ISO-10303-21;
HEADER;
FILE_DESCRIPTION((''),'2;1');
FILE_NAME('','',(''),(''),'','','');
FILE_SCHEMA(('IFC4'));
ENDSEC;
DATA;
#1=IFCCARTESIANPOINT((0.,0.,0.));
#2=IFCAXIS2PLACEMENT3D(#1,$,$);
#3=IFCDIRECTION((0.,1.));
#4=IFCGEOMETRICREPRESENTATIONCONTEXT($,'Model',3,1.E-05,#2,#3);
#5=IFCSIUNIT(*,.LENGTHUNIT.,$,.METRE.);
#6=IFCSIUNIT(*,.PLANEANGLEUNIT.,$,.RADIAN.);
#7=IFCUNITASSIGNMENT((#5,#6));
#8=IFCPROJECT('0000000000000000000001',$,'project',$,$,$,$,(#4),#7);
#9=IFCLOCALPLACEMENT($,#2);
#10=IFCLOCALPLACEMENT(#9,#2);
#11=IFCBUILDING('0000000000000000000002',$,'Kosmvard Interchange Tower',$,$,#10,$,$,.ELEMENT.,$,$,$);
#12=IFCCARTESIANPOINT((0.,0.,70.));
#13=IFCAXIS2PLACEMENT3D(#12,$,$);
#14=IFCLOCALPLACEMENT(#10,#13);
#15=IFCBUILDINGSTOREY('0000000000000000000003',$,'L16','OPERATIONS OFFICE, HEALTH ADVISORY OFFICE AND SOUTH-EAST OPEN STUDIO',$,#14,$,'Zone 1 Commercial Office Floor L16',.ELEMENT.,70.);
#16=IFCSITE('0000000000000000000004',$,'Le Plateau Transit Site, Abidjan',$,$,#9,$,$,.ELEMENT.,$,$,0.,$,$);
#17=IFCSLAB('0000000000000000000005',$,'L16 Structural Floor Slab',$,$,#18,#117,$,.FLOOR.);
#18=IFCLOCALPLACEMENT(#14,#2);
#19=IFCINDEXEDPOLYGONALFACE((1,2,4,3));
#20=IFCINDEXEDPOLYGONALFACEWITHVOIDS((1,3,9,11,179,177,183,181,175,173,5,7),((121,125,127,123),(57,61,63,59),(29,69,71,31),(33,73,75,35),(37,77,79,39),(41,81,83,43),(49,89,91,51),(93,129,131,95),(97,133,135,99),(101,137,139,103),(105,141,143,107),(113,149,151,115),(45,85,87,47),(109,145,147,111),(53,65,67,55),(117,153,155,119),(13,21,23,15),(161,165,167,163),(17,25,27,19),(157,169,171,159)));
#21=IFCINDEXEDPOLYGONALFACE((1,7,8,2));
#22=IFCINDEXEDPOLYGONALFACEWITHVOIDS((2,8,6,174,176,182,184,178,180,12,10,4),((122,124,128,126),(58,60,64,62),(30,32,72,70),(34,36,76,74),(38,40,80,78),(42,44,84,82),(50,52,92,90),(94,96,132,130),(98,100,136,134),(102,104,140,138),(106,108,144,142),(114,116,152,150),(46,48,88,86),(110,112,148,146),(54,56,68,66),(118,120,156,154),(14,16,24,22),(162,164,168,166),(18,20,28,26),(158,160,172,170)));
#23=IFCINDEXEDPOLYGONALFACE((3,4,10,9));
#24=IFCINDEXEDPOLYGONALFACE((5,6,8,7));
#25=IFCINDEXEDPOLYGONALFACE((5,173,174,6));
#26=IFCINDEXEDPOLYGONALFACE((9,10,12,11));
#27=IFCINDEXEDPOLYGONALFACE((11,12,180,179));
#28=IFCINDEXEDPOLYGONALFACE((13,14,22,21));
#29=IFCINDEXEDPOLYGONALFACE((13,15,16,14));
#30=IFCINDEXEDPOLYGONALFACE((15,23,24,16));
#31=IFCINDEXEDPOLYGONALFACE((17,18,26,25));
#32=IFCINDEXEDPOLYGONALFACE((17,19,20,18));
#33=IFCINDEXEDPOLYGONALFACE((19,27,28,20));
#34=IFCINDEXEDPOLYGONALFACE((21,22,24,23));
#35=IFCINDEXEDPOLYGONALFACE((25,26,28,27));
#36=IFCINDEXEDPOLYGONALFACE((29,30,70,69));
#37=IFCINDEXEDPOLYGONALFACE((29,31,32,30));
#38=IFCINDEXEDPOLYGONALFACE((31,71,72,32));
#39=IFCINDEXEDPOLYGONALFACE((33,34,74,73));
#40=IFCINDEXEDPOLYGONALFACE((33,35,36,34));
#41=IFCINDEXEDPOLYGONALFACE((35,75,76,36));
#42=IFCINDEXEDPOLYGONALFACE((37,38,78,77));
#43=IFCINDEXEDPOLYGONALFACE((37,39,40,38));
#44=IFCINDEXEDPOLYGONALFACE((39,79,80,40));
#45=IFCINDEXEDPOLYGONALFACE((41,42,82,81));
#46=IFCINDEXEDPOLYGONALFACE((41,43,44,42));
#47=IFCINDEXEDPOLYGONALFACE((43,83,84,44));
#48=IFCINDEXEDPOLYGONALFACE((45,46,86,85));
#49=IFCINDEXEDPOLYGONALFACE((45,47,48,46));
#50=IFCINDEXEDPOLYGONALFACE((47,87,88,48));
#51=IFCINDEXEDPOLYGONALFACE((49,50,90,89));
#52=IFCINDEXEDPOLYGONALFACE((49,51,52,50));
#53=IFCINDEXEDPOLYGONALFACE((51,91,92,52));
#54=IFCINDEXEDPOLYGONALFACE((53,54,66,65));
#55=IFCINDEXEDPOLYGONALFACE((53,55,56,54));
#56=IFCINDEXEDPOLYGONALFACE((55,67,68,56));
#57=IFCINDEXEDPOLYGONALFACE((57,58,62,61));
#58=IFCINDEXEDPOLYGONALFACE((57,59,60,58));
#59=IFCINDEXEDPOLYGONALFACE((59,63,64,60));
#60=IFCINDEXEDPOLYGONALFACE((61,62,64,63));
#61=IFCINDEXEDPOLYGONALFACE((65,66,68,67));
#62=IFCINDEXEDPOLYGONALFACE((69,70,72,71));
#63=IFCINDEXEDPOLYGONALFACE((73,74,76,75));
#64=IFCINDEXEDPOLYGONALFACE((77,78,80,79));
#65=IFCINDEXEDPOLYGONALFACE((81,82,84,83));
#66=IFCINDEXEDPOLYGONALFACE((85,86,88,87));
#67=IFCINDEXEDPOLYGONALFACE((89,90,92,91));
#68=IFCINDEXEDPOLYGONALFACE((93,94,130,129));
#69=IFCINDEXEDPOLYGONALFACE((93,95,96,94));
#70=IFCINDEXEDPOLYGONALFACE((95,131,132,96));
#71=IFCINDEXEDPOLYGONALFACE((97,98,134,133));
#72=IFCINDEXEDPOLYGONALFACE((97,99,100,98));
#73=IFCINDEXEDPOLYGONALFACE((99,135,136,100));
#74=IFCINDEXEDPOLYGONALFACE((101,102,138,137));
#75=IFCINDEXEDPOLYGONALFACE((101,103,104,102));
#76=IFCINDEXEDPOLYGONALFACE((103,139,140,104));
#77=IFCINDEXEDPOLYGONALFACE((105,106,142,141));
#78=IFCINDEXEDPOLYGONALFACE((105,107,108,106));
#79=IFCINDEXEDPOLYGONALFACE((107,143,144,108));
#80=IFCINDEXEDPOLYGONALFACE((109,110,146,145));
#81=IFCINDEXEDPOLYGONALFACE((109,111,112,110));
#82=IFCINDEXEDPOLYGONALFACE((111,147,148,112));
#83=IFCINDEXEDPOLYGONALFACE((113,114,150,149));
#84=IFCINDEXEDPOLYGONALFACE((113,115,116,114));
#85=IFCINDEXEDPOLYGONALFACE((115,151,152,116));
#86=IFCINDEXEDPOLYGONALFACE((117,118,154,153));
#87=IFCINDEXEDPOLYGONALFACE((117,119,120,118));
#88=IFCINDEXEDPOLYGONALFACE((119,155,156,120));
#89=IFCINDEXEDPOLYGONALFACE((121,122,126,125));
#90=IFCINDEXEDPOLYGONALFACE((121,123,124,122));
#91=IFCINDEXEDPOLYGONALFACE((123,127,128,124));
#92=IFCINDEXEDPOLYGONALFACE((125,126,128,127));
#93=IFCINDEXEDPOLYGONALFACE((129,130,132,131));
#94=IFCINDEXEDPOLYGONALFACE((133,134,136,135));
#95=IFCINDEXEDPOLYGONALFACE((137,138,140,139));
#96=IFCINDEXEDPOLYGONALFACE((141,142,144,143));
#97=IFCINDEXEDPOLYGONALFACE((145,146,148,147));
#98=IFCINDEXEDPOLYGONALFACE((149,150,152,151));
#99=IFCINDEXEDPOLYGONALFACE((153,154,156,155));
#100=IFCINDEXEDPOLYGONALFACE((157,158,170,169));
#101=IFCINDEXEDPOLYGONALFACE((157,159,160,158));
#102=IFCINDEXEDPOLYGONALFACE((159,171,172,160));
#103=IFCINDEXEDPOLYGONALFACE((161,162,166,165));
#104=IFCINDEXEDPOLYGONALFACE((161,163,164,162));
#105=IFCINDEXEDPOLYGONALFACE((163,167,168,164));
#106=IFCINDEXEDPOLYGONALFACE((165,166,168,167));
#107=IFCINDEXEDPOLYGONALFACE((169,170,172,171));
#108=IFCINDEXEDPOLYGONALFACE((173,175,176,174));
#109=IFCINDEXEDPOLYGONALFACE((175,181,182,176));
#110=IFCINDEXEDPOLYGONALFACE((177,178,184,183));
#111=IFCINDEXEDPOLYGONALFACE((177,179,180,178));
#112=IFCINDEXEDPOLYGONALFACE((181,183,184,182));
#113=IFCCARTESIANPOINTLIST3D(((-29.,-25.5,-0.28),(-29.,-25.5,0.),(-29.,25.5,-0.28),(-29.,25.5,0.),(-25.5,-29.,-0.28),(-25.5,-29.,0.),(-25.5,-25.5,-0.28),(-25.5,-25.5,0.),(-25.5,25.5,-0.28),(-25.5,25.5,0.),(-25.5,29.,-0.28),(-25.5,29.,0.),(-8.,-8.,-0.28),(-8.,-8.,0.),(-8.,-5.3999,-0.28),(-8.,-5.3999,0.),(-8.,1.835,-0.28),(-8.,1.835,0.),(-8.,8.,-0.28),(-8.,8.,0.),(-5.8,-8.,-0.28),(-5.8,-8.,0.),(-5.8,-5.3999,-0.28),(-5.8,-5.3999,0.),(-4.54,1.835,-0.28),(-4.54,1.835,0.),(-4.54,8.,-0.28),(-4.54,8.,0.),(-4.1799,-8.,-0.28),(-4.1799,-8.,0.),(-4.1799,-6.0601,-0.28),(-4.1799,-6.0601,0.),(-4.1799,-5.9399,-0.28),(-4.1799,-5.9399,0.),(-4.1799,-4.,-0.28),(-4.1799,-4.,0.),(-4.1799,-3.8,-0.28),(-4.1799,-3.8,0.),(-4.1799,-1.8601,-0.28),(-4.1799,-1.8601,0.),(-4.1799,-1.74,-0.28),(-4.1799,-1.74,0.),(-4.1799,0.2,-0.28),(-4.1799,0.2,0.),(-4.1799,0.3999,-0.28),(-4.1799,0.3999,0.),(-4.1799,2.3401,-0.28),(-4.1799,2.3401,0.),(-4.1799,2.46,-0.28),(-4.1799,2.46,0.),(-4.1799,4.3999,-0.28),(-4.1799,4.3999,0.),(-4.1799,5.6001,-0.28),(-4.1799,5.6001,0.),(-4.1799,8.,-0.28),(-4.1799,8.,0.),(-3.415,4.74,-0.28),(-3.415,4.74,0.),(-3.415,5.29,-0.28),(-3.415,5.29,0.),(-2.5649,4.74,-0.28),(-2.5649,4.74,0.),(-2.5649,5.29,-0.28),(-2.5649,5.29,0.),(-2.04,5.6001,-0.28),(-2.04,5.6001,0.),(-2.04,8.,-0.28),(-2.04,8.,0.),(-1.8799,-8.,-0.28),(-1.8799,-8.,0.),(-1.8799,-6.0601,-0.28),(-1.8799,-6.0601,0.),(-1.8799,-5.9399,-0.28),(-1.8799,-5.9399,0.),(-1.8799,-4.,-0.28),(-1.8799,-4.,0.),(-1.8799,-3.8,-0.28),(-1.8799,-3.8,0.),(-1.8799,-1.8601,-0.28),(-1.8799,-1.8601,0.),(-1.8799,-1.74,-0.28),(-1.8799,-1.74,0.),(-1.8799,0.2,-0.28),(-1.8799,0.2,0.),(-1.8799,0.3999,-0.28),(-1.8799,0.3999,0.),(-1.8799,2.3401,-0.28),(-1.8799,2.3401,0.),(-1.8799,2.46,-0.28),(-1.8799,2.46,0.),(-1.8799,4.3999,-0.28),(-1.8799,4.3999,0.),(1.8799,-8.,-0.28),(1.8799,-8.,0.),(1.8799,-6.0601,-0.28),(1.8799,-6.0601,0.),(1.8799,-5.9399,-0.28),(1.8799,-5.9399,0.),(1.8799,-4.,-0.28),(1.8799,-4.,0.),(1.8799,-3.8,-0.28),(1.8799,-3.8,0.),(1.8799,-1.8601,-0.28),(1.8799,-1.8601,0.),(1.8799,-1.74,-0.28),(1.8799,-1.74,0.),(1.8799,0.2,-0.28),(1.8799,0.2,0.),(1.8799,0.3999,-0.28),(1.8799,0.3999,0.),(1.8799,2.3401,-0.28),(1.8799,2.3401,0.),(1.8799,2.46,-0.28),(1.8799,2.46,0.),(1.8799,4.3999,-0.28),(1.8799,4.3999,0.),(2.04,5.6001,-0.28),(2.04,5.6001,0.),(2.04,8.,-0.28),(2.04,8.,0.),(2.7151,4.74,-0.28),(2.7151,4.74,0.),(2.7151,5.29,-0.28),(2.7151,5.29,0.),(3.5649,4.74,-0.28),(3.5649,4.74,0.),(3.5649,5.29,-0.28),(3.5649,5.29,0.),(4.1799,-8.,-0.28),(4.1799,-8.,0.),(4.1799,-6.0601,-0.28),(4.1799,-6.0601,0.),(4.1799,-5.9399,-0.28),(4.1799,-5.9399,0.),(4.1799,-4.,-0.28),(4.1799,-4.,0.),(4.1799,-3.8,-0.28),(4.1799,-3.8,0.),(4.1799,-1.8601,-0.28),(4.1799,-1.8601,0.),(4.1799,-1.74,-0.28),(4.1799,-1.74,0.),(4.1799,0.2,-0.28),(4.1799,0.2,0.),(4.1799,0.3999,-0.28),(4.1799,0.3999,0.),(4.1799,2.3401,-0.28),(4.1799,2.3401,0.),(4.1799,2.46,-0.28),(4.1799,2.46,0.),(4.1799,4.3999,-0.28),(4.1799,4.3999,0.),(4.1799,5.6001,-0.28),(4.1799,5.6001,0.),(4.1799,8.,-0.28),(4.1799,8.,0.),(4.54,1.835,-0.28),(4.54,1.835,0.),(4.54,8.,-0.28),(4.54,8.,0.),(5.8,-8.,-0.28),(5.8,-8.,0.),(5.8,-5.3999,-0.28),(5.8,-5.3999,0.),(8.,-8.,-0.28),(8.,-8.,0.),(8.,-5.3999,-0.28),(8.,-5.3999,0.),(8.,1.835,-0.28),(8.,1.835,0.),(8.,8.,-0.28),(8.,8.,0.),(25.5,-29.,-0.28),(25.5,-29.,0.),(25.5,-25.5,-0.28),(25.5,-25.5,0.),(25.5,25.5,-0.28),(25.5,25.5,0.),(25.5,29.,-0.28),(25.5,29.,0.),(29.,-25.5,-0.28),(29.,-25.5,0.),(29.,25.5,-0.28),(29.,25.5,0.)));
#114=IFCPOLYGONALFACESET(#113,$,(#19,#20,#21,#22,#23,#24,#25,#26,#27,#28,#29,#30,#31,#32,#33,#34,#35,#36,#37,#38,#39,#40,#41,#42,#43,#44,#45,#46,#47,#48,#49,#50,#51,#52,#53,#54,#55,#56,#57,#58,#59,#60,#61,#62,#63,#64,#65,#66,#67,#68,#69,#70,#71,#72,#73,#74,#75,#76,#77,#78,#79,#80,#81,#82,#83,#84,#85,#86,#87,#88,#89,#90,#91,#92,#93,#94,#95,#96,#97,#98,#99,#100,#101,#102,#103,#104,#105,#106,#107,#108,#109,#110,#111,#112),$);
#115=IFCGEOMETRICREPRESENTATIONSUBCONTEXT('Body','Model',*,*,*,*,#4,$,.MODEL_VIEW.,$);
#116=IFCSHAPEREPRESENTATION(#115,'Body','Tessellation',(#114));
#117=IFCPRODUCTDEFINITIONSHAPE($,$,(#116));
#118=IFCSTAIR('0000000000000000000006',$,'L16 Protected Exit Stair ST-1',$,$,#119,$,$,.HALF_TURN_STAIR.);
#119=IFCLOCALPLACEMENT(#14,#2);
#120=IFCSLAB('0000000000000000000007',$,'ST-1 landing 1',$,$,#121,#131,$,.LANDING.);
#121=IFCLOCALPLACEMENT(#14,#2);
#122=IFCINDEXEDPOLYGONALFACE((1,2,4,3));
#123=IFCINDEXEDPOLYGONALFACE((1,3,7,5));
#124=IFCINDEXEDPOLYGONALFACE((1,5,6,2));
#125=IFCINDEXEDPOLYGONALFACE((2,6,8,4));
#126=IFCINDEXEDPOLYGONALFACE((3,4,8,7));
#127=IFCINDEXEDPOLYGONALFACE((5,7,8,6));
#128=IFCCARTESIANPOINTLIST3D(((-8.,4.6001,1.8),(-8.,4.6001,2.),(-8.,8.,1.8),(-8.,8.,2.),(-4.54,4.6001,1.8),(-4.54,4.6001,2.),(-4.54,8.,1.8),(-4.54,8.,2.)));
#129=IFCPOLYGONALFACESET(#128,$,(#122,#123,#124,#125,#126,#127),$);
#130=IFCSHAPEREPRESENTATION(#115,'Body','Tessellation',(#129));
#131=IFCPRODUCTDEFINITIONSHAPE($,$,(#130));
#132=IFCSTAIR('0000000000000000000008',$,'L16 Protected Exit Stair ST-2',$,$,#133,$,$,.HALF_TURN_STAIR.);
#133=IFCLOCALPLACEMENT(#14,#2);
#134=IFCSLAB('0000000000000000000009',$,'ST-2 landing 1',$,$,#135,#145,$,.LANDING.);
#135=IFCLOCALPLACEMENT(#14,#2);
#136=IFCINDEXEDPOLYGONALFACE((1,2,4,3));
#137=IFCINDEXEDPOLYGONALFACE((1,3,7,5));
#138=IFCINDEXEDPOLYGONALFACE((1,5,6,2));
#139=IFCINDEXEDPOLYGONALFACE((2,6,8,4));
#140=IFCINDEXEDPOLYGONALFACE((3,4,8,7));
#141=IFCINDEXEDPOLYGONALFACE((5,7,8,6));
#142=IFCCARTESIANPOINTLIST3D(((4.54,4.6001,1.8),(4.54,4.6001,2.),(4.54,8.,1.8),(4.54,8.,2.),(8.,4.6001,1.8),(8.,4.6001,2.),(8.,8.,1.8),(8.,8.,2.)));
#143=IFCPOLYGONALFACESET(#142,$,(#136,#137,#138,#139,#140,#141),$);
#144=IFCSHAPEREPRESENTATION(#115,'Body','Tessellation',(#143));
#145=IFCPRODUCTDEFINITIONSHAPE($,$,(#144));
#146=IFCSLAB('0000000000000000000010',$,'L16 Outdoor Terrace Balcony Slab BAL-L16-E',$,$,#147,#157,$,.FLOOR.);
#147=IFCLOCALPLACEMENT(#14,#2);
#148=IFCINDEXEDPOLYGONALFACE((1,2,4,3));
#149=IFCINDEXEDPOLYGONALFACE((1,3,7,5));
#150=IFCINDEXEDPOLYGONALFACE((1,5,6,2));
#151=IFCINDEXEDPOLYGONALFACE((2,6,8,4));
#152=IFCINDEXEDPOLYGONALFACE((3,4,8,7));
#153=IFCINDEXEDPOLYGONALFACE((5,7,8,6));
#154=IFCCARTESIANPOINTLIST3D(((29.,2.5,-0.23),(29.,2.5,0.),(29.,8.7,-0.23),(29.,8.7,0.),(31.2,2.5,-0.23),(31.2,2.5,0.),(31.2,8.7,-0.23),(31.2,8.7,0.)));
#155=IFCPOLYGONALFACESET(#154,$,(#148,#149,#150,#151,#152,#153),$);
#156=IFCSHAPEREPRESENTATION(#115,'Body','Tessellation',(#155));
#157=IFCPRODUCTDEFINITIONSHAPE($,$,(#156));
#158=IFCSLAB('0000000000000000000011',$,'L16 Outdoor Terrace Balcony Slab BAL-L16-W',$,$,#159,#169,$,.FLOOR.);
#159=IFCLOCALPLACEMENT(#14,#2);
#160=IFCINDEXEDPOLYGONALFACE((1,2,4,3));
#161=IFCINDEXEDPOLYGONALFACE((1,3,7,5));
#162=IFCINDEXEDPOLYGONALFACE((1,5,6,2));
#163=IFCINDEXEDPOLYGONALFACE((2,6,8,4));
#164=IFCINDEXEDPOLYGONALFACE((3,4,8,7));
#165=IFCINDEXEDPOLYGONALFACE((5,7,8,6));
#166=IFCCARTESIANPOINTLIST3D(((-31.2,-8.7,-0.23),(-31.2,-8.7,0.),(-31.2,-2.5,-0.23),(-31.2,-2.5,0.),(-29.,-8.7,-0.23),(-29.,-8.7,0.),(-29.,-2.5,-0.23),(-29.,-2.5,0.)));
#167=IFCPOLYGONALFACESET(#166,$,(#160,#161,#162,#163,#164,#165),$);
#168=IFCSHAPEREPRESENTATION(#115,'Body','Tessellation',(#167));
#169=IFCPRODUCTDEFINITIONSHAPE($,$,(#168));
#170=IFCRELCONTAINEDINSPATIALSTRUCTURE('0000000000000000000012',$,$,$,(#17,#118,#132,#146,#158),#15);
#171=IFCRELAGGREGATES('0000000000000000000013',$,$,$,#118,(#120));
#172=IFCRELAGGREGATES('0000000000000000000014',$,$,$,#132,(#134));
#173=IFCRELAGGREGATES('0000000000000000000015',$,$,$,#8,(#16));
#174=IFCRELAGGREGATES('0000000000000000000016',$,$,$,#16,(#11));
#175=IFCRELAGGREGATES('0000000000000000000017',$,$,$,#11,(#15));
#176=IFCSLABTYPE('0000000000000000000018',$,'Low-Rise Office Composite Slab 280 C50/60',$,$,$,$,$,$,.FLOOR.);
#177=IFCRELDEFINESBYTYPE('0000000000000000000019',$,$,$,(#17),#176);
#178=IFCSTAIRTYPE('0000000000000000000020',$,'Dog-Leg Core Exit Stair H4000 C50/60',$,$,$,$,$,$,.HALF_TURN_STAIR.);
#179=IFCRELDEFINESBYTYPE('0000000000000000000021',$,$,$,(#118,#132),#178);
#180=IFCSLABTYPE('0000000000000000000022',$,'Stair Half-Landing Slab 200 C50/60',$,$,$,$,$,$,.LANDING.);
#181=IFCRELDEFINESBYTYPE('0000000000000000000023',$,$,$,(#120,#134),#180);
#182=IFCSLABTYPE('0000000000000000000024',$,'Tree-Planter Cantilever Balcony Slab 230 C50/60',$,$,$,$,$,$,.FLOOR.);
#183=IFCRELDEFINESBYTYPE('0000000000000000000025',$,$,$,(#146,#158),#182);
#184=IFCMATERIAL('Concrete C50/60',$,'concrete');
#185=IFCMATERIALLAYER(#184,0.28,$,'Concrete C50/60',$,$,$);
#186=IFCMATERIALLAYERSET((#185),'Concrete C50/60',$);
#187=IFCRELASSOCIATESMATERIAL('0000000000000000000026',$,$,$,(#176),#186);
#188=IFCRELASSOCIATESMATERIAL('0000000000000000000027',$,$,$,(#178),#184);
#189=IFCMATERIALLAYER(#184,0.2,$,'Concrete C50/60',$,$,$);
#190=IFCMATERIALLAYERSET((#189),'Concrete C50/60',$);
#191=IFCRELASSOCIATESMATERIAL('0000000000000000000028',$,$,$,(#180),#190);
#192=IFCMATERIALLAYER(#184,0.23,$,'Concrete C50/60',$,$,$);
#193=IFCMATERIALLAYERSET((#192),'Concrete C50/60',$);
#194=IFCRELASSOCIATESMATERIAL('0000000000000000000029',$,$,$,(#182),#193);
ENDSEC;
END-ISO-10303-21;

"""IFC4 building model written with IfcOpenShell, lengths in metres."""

from ifc_helpers import new_model, si_unit, direction, frame, origin, place, context, subcontext, project, spatial, polyline, outline, extrude, material, layer, layer_set, type_object, element, aggregate, save


model = new_model("IFC4")

# Units and contexts
model_context = context("Model", 3, precision=1e-05, world=origin(), true_north=direction((0.0, 1.0)))
body_context = subcontext(model_context, "Body", "Model", "MODEL_VIEW")
ifc_project = project(units=[si_unit("LENGTHUNIT", "METRE"), si_unit("PLANEANGLEUNIT", "RADIAN")], contexts=[model_context])

# Site, building, storey
site_placement = place(None, origin())
site = spatial("IfcSite", under=ifc_project, at=site_placement, Name="Le Plateau Transit Site, Abidjan", CompositionType="ELEMENT", RefElevation=0.0)
building_placement = place(site_placement, origin())
building = spatial("IfcBuilding", under=site, at=building_placement, Name="Kosmvard Interchange Tower", CompositionType="ELEMENT")
storey_placement = place(building_placement, frame((0.0, 0.0, 70.0)))
storey = spatial("IfcBuildingStorey", under=building, at=storey_placement, Name="L16", Description="OPERATIONS OFFICE, HEALTH ADVISORY OFFICE AND SOUTH-EAST OPEN STUDIO", LongName="Zone 1 Commercial Office Floor L16", CompositionType="ELEMENT", Elevation=70.0)

# Slab
ifc_material_1 = material(Name="Concrete C50/60", Category="concrete")
ifc_layer_1 = layer(ifc_material_1, 0.28, Name="Concrete C50/60")
ifc_layer_set_1 = layer_set([ifc_layer_1], Name="Concrete C50/60")
slab_type_1 = type_object("IfcSlabType", Name="Low-Rise Office Composite Slab 280 C50/60", PredefinedType="FLOOR", material=ifc_layer_set_1)
slab_1_placement = place(storey_placement, frame((0.0, 0.0, -0.28)))
element("IfcSlab", 1, at=slab_1_placement, inside=storey, type_object=slab_type_1, Name="L16 Structural Floor Slab", PredefinedType="FLOOR", context=body_context, shape_type="SweptSolid", body=[
    extrude(outline(polyline([(-25.5, -29.0), (25.5, -29.0), (25.5, -25.5), (29.0, -25.5), (29.0, 25.5), (25.5, 25.5), (25.5, 29.0), (-25.5, 29.0), (-25.5, 25.5), (-29.0, 25.5), (-29.0, -25.5), (-25.5, -25.5), (-25.5, -29.0)]), holes=[polyline([(-8.0, 1.835), (-4.54, 1.835), (-4.54, 8.0), (-8.0, 8.0), (-8.0, 1.835)]), polyline([(4.54, 1.835), (8.0, 1.835), (8.0, 8.0), (4.54, 8.0), (4.54, 1.835)]), polyline([(-8.0, -8.0), (-5.8, -8.0), (-5.8, -5.3999), (-8.0, -5.3999), (-8.0, -8.0)]), polyline([(5.8, -8.0), (8.0, -8.0), (8.0, -5.3999), (5.8, -5.3999), (5.8, -8.0)]), polyline([(-4.1799, -8.0), (-1.8799, -8.0), (-1.8799, -6.0601), (-4.1799, -6.0601), (-4.1799, -8.0)]), polyline([(-4.1799, -5.9399), (-1.8799, -5.9399), (-1.8799, -4.0), (-4.1799, -4.0), (-4.1799, -5.9399)]), polyline([(1.8799, -8.0), (4.1799, -8.0), (4.1799, -6.0601), (1.8799, -6.0601), (1.8799, -8.0)]), polyline([(1.8799, -5.9399), (4.1799, -5.9399), (4.1799, -4.0), (1.8799, -4.0), (1.8799, -5.9399)]), polyline([(-4.1799, -3.8), (-1.8799, -3.8), (-1.8799, -1.8601), (-4.1799, -1.8601), (-4.1799, -3.8)]), polyline([(-4.1799, -1.74), (-1.8799, -1.74), (-1.8799, 0.2), (-4.1799, 0.2), (-4.1799, -1.74)]), polyline([(1.8799, -3.8), (4.1799, -3.8), (4.1799, -1.8601), (1.8799, -1.8601), (1.8799, -3.8)]), polyline([(1.8799, -1.74), (4.1799, -1.74), (4.1799, 0.2), (1.8799, 0.2), (1.8799, -1.74)]), polyline([(-4.1799, 0.3999), (-1.8799, 0.3999), (-1.8799, 2.3401), (-4.1799, 2.3401), (-4.1799, 0.3999)]), polyline([(-4.1799, 2.46), (-1.8799, 2.46), (-1.8799, 4.3999), (-4.1799, 4.3999), (-4.1799, 2.46)]), polyline([(1.8799, 0.3999), (4.1799, 0.3999), (4.1799, 2.3401), (1.8799, 2.3401), (1.8799, 0.3999)]), polyline([(1.8799, 2.46), (4.1799, 2.46), (4.1799, 4.3999), (1.8799, 4.3999), (1.8799, 2.46)]), polyline([(-4.1799, 5.6001), (-2.04, 5.6001), (-2.04, 8.0), (-4.1799, 8.0), (-4.1799, 5.6001)]), polyline([(2.04, 5.6001), (4.1799, 5.6001), (4.1799, 8.0), (2.04, 8.0), (2.04, 5.6001)]), polyline([(-3.415, 4.74), (-2.5649, 4.74), (-2.5649, 5.29), (-3.415, 5.29), (-3.415, 4.74)]), polyline([(2.7151, 4.74), (3.5649, 4.74), (3.5649, 5.29), (2.7151, 5.29), (2.7151, 4.74)])]), origin(), (0.0, 0.0, 1.0), 0.28),
])

# Stairs, slabs
stair_type = type_object("IfcStairType", Name="Dog-Leg Core Exit Stair H4000 C50/60", PredefinedType="HALF_TURN_STAIR", material=ifc_material_1)
stair_1_placement = place(storey_placement, origin())
stair_1 = element("IfcStair", 2, at=stair_1_placement, inside=storey, type_object=stair_type, Name="L16 Protected Exit Stair ST-1", PredefinedType="HALF_TURN_STAIR")
ifc_layer_2 = layer(ifc_material_1, 0.2, Name="Concrete C50/60")
ifc_layer_set_2 = layer_set([ifc_layer_2], Name="Concrete C50/60")
slab_type_2 = type_object("IfcSlabType", Name="Stair Half-Landing Slab 200 C50/60", PredefinedType="LANDING", material=ifc_layer_set_2)
slab_2_placement = place(storey_placement, frame((0.0, 0.0, 1.8)))
slab_2 = element("IfcSlab", 3, at=slab_2_placement, type_object=slab_type_2, Name="ST-1 landing 1", PredefinedType="LANDING", context=body_context, shape_type="SweptSolid", body=[
    extrude(outline(polyline([(-4.54, 4.6001), (-4.54, 8.0), (-8.0, 8.0), (-8.0, 4.6001), (-4.54, 4.6001)])), origin(), (0.0, 0.0, 1.0), 0.2),
])
aggregate(stair_1, [slab_2])
stair_2_placement = place(storey_placement, origin())
stair_2 = element("IfcStair", 4, at=stair_2_placement, inside=storey, type_object=stair_type, Name="L16 Protected Exit Stair ST-2", PredefinedType="HALF_TURN_STAIR")
slab_3_placement = place(storey_placement, frame((0.0, 0.0, 1.8)))
slab_3 = element("IfcSlab", 5, at=slab_3_placement, type_object=slab_type_2, Name="ST-2 landing 1", PredefinedType="LANDING", context=body_context, shape_type="SweptSolid", body=[
    extrude(outline(polyline([(8.0, 4.6001), (8.0, 8.0), (4.54, 8.0), (4.54, 4.6001), (8.0, 4.6001)])), origin(), (0.0, 0.0, 1.0), 0.2),
])
aggregate(stair_2, [slab_3])

# Slabs
ifc_layer_3 = layer(ifc_material_1, 0.23, Name="Concrete C50/60")
ifc_layer_set_3 = layer_set([ifc_layer_3], Name="Concrete C50/60")
slab_type_3 = type_object("IfcSlabType", Name="Tree-Planter Cantilever Balcony Slab 230 C50/60", PredefinedType="FLOOR", material=ifc_layer_set_3)
slab_4_placement = place(storey_placement, frame((0.0, 0.0, -0.23)))
element("IfcSlab", 6, at=slab_4_placement, inside=storey, type_object=slab_type_3, Name="L16 Outdoor Terrace Balcony Slab BAL-L16-E", PredefinedType="FLOOR", context=body_context, shape_type="SweptSolid", body=[
    extrude(outline(polyline([(29.0, 2.5), (31.2, 2.5), (31.2, 8.7), (29.0, 8.7), (29.0, 2.5)])), origin(), (0.0, 0.0, 1.0), 0.23),
])
slab_5_placement = place(storey_placement, frame((0.0, 0.0, -0.23)))
element("IfcSlab", 7, at=slab_5_placement, inside=storey, type_object=slab_type_3, Name="L16 Outdoor Terrace Balcony Slab BAL-L16-W", PredefinedType="FLOOR", context=body_context, shape_type="SweptSolid", body=[
    extrude(outline(polyline([(-31.2, -8.7), (-29.0, -8.7), (-29.0, -2.5), (-31.2, -2.5), (-31.2, -8.7)])), origin(), (0.0, 0.0, 1.0), 0.23),
])

save(model, "model.ifc")
